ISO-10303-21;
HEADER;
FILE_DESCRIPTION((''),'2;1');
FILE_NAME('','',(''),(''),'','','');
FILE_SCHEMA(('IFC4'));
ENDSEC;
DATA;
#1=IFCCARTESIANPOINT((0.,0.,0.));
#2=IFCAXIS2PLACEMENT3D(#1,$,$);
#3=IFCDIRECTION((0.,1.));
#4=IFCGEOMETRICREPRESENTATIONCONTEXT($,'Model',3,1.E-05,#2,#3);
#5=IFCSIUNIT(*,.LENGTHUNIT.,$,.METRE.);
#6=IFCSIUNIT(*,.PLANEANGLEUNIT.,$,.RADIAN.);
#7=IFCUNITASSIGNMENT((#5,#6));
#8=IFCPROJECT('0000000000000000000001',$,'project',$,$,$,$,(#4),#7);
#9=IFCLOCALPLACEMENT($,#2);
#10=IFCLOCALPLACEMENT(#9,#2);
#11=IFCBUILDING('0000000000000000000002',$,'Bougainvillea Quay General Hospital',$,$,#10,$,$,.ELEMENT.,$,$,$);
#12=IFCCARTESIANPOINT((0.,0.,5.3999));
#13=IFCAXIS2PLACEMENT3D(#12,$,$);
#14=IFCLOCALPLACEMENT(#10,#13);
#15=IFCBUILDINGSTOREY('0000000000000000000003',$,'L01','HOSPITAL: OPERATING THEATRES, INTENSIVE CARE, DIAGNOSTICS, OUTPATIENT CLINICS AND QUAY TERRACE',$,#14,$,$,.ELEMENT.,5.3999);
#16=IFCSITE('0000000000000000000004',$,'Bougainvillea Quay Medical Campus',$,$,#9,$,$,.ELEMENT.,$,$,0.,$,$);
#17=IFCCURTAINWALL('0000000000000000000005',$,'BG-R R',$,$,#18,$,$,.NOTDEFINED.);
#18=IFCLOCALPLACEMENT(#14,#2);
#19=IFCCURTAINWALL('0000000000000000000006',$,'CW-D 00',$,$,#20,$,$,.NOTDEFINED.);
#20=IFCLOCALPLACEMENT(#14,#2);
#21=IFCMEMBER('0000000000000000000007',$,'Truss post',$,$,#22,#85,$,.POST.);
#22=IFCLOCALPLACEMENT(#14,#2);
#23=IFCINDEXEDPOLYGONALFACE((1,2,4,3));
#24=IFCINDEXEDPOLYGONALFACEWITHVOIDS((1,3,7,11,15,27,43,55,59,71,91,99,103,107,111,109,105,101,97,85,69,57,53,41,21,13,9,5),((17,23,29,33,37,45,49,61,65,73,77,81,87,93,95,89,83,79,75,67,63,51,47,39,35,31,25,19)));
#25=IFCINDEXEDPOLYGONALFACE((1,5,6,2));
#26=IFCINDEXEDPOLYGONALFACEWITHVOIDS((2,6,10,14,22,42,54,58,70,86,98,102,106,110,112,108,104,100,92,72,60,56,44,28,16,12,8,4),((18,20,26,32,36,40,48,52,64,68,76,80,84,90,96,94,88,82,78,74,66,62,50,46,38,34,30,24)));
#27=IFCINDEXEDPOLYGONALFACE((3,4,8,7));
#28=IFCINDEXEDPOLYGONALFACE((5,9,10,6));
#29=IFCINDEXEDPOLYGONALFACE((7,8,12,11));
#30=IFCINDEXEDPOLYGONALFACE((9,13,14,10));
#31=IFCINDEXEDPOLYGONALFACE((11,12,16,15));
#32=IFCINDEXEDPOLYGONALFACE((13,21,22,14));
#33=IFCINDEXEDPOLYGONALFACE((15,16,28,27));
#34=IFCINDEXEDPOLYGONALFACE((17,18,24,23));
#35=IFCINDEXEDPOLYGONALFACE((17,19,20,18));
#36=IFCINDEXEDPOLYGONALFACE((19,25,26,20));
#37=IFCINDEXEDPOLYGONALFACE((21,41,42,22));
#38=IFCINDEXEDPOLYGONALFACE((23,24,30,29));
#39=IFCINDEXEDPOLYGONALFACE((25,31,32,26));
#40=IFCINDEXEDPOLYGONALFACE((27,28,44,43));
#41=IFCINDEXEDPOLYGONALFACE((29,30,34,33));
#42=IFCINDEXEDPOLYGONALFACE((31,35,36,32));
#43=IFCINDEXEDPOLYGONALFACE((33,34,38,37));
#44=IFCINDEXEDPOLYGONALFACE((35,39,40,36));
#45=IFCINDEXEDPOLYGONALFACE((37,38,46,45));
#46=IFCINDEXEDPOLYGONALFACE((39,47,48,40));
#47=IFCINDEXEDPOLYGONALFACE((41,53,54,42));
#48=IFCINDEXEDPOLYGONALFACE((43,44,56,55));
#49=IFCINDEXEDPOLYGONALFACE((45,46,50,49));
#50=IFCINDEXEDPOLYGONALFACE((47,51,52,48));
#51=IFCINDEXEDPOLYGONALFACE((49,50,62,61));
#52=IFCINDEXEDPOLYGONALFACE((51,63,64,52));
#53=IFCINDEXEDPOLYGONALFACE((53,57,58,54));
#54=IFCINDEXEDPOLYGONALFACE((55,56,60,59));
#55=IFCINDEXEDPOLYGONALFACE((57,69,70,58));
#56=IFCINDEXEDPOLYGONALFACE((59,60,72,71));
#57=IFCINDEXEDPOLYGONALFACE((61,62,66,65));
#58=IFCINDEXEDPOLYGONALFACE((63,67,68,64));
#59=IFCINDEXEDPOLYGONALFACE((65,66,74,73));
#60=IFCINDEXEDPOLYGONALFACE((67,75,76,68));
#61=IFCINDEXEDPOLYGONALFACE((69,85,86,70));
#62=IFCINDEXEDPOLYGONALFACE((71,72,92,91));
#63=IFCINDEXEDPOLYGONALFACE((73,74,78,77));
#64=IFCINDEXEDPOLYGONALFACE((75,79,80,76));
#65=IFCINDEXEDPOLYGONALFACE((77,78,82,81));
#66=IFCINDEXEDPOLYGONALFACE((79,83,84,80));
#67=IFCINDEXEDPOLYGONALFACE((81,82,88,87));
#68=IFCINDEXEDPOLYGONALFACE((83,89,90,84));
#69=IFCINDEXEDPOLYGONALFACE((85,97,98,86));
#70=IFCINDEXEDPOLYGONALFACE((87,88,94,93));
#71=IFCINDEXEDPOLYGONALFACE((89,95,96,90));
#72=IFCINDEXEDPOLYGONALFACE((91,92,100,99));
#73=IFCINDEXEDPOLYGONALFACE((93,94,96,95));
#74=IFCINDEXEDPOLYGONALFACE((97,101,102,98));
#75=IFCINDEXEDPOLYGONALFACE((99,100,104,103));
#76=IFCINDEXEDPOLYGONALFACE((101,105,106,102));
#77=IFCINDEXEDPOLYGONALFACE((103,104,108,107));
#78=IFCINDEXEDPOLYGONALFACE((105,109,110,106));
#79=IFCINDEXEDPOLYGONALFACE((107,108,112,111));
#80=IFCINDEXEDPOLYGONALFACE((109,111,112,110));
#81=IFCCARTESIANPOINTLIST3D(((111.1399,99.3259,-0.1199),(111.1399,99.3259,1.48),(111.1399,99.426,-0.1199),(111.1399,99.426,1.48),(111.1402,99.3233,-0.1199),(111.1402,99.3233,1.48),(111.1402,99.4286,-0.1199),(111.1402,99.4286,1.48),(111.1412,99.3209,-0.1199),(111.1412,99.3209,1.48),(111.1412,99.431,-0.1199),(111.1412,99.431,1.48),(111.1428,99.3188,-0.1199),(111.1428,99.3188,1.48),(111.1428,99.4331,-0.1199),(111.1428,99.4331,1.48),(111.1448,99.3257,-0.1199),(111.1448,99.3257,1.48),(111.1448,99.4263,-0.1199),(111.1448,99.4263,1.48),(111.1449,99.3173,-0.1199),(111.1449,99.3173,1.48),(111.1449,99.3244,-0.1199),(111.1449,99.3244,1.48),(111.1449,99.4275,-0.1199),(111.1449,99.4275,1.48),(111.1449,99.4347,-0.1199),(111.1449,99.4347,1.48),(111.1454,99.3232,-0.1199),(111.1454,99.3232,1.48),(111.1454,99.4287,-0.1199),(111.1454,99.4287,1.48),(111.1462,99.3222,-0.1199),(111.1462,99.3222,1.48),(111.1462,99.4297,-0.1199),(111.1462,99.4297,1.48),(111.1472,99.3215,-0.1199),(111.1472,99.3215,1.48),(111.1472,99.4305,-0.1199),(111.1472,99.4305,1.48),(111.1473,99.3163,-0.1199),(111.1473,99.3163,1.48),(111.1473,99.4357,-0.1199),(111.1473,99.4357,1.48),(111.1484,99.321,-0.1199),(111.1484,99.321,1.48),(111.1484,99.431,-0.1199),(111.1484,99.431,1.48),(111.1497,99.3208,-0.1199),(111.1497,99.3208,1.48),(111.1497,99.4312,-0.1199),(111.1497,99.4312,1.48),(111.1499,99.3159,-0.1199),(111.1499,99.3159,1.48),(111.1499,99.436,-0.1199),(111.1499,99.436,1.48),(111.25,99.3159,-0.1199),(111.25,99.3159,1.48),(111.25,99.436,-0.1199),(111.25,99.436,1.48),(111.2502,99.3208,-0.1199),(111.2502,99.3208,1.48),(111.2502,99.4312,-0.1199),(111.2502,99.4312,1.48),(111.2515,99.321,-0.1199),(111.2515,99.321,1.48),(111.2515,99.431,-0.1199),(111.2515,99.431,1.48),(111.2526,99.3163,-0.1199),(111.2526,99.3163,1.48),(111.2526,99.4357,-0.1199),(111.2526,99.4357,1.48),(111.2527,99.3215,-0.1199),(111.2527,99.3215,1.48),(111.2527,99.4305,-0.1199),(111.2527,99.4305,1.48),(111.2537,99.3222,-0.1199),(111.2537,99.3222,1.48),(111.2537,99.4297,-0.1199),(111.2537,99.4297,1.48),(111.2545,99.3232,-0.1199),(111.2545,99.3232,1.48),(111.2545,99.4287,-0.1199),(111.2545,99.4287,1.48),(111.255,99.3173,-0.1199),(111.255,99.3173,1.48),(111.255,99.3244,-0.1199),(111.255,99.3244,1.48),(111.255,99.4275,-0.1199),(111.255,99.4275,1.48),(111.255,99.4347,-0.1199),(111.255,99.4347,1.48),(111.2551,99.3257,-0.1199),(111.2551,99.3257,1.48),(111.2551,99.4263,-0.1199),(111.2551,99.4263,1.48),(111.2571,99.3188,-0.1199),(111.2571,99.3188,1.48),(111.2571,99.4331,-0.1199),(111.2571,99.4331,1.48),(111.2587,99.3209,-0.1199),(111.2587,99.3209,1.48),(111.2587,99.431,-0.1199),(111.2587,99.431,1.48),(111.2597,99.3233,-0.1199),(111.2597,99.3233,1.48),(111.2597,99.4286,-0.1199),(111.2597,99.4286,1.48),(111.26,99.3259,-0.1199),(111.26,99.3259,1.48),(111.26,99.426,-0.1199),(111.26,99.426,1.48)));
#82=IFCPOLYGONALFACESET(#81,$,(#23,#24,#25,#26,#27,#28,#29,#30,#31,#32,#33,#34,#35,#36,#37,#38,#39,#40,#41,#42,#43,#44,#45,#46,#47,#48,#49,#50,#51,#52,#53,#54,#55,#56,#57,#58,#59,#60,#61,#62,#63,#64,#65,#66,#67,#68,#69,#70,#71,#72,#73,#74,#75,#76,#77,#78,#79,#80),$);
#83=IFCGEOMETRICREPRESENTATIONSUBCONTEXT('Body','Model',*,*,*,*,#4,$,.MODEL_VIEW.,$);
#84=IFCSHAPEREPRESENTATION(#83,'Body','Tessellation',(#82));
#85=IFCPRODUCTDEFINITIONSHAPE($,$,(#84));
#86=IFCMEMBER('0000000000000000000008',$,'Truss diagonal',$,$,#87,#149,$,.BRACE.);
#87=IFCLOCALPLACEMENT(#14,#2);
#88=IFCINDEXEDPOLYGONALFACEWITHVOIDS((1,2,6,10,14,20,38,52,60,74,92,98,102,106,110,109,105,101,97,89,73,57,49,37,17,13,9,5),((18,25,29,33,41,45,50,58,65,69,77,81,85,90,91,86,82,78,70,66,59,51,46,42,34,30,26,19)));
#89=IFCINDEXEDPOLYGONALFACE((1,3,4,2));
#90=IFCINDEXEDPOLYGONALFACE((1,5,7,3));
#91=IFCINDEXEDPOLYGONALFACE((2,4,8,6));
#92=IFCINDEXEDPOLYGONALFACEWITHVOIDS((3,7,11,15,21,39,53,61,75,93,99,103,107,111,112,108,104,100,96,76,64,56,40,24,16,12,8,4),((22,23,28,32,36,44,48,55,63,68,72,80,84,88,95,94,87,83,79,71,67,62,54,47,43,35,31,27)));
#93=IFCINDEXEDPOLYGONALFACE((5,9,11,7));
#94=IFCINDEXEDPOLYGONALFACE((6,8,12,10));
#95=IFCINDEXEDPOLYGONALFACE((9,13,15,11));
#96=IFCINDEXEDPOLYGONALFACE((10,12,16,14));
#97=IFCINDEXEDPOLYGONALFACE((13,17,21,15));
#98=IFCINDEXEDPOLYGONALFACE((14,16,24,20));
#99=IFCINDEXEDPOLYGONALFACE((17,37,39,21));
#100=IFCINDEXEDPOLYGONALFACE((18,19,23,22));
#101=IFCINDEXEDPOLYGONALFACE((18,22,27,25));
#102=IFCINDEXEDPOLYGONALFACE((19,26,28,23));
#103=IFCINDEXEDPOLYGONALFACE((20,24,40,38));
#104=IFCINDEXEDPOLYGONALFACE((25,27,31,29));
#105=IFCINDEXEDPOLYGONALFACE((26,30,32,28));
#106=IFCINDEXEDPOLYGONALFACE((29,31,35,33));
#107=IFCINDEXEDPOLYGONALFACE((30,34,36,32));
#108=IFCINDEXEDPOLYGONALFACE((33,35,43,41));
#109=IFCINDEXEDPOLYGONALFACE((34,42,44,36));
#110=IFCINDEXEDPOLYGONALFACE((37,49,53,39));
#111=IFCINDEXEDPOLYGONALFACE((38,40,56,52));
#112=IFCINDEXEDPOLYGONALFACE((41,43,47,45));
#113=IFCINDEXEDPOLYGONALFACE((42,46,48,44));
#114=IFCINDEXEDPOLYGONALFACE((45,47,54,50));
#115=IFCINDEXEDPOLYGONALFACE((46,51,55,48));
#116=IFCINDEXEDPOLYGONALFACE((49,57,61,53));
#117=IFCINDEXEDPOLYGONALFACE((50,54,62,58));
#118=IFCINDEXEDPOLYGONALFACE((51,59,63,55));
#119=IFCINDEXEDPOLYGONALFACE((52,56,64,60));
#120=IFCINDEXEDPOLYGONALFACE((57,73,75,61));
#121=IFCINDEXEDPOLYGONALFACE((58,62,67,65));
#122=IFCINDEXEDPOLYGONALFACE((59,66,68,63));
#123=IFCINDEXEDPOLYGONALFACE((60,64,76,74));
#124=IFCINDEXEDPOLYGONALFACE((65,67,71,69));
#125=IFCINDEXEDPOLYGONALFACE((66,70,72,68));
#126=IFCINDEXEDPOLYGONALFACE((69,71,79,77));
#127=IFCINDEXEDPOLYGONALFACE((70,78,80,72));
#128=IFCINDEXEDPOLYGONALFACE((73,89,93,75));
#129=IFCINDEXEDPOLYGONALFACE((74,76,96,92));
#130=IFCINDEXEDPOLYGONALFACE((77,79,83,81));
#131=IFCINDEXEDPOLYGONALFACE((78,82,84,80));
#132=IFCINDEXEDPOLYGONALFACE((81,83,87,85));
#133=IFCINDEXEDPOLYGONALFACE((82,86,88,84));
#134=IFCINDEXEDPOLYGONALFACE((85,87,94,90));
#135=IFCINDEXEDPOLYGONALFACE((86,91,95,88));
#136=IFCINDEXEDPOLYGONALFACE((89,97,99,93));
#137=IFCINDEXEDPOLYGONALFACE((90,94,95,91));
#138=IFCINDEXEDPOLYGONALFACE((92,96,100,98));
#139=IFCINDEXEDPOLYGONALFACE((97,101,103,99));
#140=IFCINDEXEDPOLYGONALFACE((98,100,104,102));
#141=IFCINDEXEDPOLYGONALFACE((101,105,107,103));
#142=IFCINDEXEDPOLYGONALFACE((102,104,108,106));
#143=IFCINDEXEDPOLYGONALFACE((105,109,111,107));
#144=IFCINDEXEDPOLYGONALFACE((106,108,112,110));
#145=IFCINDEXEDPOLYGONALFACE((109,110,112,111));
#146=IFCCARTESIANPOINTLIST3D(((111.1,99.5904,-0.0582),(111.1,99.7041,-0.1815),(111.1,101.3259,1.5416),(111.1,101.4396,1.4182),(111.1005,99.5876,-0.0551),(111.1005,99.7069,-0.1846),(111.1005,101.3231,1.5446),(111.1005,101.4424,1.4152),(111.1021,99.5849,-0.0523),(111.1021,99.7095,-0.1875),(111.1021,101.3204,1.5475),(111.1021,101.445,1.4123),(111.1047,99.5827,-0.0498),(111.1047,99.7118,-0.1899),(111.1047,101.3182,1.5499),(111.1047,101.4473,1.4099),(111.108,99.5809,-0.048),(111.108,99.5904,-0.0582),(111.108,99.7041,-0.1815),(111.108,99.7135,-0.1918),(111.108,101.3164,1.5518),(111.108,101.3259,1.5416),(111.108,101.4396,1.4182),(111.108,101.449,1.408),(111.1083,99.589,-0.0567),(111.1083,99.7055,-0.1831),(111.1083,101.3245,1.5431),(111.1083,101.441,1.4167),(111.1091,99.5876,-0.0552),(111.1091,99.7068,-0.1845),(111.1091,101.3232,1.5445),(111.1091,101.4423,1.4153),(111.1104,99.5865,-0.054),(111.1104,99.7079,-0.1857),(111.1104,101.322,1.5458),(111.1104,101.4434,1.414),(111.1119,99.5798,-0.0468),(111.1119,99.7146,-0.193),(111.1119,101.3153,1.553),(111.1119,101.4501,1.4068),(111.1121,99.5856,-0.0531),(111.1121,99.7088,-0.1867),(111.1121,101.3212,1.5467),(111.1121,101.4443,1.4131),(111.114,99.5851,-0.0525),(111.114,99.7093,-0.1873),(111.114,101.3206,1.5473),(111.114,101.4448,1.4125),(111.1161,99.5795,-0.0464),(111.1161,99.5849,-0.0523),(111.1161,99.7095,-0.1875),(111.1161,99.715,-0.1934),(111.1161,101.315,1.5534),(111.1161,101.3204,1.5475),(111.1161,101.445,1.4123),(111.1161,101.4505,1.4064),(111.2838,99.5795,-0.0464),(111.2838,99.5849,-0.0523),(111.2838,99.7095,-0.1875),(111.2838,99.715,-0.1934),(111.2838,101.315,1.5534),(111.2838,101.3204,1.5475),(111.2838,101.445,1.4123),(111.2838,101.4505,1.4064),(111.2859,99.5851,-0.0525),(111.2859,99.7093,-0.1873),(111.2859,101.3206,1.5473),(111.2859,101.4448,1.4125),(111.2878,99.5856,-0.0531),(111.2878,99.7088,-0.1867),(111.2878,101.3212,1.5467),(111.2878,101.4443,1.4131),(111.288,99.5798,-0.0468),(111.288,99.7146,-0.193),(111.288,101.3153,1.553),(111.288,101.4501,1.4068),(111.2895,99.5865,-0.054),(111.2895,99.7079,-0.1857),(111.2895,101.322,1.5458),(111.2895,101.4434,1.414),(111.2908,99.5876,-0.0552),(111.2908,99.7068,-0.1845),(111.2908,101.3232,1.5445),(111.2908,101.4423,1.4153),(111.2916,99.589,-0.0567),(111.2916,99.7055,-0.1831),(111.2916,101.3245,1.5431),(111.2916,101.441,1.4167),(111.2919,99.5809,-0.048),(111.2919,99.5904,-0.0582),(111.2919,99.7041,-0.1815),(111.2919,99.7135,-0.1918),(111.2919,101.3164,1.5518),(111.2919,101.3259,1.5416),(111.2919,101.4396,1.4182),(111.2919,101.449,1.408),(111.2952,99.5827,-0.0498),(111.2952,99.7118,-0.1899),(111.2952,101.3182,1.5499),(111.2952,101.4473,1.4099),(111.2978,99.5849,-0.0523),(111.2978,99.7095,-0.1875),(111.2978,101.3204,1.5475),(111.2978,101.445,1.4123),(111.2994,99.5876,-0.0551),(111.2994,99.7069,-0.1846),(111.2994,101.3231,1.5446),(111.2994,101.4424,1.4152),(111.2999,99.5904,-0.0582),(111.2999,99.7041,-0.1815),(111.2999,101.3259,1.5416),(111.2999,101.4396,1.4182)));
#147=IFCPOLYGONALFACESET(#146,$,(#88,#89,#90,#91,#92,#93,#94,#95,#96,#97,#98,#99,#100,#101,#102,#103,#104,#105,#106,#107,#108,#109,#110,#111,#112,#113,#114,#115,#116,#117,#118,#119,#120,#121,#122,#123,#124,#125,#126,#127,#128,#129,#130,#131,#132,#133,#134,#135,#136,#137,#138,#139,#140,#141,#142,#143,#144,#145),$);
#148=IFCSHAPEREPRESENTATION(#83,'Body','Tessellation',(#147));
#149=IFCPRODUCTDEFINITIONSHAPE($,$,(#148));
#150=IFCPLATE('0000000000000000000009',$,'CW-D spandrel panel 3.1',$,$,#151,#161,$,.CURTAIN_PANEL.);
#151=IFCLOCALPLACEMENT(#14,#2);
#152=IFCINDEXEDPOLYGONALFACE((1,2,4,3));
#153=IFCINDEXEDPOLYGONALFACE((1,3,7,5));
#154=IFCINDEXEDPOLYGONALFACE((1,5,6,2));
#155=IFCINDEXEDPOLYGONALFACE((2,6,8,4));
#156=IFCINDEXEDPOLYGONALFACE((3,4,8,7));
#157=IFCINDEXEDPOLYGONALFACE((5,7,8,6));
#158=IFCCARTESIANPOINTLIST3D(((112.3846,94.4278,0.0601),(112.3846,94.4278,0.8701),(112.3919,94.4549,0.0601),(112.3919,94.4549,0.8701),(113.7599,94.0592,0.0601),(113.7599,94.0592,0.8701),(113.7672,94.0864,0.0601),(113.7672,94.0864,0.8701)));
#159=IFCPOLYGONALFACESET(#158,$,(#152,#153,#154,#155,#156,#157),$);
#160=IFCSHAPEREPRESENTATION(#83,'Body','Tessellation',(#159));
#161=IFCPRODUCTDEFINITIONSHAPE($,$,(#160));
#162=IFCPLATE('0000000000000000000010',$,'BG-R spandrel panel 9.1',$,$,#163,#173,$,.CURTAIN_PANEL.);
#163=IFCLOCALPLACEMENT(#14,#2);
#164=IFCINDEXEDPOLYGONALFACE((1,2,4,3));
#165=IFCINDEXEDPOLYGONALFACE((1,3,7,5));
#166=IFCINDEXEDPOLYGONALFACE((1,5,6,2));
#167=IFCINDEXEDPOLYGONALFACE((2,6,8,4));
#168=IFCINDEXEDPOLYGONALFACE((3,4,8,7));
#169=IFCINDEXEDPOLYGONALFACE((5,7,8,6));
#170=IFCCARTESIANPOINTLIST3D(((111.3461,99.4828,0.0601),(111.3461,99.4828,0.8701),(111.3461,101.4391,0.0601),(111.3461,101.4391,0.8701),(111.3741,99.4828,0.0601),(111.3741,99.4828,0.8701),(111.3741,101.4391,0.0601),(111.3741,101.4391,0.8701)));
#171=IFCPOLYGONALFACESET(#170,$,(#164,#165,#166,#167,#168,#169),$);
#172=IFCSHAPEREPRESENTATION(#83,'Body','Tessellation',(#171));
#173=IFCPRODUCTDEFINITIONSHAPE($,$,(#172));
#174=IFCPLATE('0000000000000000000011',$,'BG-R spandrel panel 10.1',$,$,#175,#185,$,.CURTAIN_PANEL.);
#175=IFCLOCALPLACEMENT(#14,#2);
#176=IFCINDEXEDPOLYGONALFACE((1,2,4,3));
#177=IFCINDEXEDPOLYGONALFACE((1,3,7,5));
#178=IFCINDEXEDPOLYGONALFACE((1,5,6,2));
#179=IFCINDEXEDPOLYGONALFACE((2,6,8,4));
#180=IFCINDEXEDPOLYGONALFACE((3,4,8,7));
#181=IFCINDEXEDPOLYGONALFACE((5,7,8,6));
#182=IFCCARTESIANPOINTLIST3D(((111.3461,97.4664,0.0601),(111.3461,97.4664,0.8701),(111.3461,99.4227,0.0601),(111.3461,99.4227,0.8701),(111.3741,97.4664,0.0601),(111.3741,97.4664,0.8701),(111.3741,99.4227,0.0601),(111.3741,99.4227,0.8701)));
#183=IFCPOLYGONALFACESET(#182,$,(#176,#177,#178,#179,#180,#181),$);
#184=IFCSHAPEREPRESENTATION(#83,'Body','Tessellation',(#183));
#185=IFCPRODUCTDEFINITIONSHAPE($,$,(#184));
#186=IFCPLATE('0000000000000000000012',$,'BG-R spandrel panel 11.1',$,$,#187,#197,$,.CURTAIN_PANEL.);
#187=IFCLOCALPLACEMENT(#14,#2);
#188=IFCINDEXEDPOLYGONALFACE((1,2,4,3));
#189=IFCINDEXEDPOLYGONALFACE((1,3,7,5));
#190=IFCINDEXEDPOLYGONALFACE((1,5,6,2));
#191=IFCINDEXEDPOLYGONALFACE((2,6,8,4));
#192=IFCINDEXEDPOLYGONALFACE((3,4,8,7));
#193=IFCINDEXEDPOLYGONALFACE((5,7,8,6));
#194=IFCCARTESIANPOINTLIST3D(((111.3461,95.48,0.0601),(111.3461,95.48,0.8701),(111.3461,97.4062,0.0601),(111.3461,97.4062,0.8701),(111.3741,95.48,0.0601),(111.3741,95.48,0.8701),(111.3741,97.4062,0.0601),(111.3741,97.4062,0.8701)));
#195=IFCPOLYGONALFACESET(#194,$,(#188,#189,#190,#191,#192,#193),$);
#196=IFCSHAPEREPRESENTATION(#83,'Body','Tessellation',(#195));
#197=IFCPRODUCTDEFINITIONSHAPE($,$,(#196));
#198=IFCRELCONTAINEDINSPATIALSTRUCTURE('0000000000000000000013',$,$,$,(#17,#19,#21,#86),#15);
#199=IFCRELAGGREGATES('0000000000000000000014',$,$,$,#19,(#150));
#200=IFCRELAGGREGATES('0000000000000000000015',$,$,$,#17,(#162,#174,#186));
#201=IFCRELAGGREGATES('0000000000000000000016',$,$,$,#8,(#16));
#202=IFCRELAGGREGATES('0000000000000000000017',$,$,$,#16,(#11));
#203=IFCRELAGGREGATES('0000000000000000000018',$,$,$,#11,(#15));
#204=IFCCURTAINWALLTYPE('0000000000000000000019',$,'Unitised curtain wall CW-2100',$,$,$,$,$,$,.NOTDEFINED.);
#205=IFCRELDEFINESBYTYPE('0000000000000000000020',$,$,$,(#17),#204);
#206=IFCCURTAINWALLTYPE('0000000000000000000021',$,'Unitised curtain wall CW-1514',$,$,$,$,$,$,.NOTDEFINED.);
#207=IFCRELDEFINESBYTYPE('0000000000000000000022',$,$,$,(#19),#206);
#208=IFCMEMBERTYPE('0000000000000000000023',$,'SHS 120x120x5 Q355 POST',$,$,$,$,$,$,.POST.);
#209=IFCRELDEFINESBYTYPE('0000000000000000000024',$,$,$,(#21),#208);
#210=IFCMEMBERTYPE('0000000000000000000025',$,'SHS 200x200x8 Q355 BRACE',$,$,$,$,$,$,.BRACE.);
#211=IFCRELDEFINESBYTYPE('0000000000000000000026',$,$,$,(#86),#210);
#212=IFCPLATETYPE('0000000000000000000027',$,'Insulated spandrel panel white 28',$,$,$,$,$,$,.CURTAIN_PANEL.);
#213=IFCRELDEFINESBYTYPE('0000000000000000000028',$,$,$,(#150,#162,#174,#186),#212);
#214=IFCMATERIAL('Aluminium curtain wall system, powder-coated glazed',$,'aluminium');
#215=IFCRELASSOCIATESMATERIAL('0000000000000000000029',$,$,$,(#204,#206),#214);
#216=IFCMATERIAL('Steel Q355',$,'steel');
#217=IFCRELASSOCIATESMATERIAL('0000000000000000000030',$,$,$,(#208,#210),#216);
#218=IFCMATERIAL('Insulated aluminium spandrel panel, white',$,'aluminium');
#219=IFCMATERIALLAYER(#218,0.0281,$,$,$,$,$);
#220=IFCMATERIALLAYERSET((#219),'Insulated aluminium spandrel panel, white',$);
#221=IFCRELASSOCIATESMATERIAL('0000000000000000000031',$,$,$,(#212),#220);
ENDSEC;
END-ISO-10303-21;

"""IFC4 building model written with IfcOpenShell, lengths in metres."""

from ifc_helpers import new_model, si_unit, direction, frame, origin, origin_2d, place, context, subcontext, project, spatial, rectangle, hollow_rectangle, extrude, material, layer, layer_set, material_profile, profile_set, type_object, element, aggregate, save


model = new_model("IFC4")

# Units and contexts
model_context = context("Model", 3, precision=1e-05, world=origin(), true_north=direction((0.0, 1.0)))
body_context = subcontext(model_context, "Body", "Model", "MODEL_VIEW")
ifc_project = project(units=[si_unit("LENGTHUNIT", "METRE"), si_unit("PLANEANGLEUNIT", "RADIAN")], contexts=[model_context])

# Site, building, storey
site_placement = place(None, origin())
site = spatial("IfcSite", under=ifc_project, at=site_placement, Name="Bougainvillea Quay Medical Campus", CompositionType="ELEMENT", RefElevation=0.0)
building_placement = place(site_placement, origin())
building = spatial("IfcBuilding", under=site, at=building_placement, Name="Bougainvillea Quay General Hospital", CompositionType="ELEMENT")
storey_placement = place(building_placement, frame((0.0, 0.0, 5.3999)))
storey = spatial("IfcBuildingStorey", under=building, at=storey_placement, Name="L01", Description="HOSPITAL: OPERATING THEATRES, INTENSIVE CARE, DIAGNOSTICS, OUTPATIENT CLINICS AND QUAY TERRACE", CompositionType="ELEMENT", Elevation=5.3999)

# Curtain wall
ifc_material_1 = material(Name="Aluminium curtain wall system, powder-coated glazed", Category="aluminium")
curtain_wall_type_1 = type_object("IfcCurtainWallType", Name="Unitised curtain wall CW-2100", PredefinedType="NOTDEFINED", material=ifc_material_1)
curtain_wall_1_placement = place(storey_placement, origin())
curtain_wall_1 = element("IfcCurtainWall", 1, at=curtain_wall_1_placement, inside=storey, type_object=curtain_wall_type_1, Name="BG-R R", PredefinedType="NOTDEFINED")

# Curtain wall
curtain_wall_type_2 = type_object("IfcCurtainWallType", Name="Unitised curtain wall CW-1514", PredefinedType="NOTDEFINED", material=ifc_material_1)
curtain_wall_2_placement = place(storey_placement, origin())
curtain_wall_2 = element("IfcCurtainWall", 2, at=curtain_wall_2_placement, inside=storey, type_object=curtain_wall_type_2, Name="CW-D 00", PredefinedType="NOTDEFINED")

# Members
ifc_material_2 = material(Name="Steel Q355", Category="steel")
ifc_material_profile_1 = material_profile(ifc_material_2, hollow_rectangle(XDim=0.1201, YDim=0.1201, WallThickness=0.0049, InnerFilletRadius=0.0049, OuterFilletRadius=0.01, at=origin_2d()))
ifc_profile_set_1 = profile_set([ifc_material_profile_1], Name="Steel Q355")
member_type_1 = type_object("IfcMemberType", Name="SHS 120x120x5 Q355 POST", PredefinedType="POST", material=ifc_profile_set_1)
member_1_placement = place(storey_placement, frame((111.2, 99.376, -0.1199), z_axis=(0.0, 0.0, 1.0), x_axis=(1.0, 0.0, 0.0)))
element("IfcMember", 3, at=member_1_placement, inside=storey, type_object=member_type_1, Name="Truss post", PredefinedType="POST", context=body_context, shape_type="SweptSolid", body=[
    extrude(hollow_rectangle(XDim=0.1201, YDim=0.1201, WallThickness=0.0049, InnerFilletRadius=0.0049, OuterFilletRadius=0.01, at=origin_2d()), origin(), (0.0, 0.0, 1.0), 1.5999),
])
ifc_material_profile_2 = material_profile(ifc_material_2, hollow_rectangle(XDim=0.2, YDim=0.2, WallThickness=0.0081, InnerFilletRadius=0.0081, OuterFilletRadius=0.0161, at=origin_2d()))
ifc_profile_set_2 = profile_set([ifc_material_profile_2], Name="Steel Q355")
member_type_2 = type_object("IfcMemberType", Name="SHS 200x200x8 Q355 BRACE", PredefinedType="BRACE", material=ifc_profile_set_2)
member_2_placement = place(storey_placement, frame((111.2, 99.6472, -0.1199), z_axis=(0.0, 0.735275, 0.677769), x_axis=(-1.0, 0.0, 0.0)))
element("IfcMember", 4, at=member_2_placement, inside=storey, type_object=member_type_2, Name="Truss diagonal", PredefinedType="BRACE", context=body_context, shape_type="SweptSolid", body=[
    extrude(hollow_rectangle(XDim=0.2, YDim=0.2, WallThickness=0.0081, InnerFilletRadius=0.0081, OuterFilletRadius=0.0161, at=origin_2d()), origin(), (0.0, 0.0, 1.0), 2.3604),
])

# Plates
ifc_material_3 = material(Name="Insulated aluminium spandrel panel, white", Category="aluminium")
ifc_layer_1 = layer(ifc_material_3, 0.0281)
ifc_layer_set_1 = layer_set([ifc_layer_1], Name="Insulated aluminium spandrel panel, white")
plate_type = type_object("IfcPlateType", Name="Insulated spandrel panel white 28", PredefinedType="CURTAIN_PANEL", material=ifc_layer_set_1)
plate_1_placement = place(storey_placement, frame((113.0759, 94.2571, 0.0601), z_axis=(0.0, 0.0, 1.0), x_axis=(-0.965916, 0.258855, 0.0)))
plate_1 = element("IfcPlate", 5, at=plate_1_placement, type_object=plate_type, Name="CW-D spandrel panel 3.1", PredefinedType="CURTAIN_PANEL", context=body_context, shape_type="SweptSolid", body=[
    extrude(rectangle(XDim=1.4238, YDim=0.0281, at=origin_2d()), origin(), (0.0, 0.0, 1.0), 0.8101),
])
aggregate(curtain_wall_2, [plate_1])
plate_2_placement = place(storey_placement, frame((111.3601, 100.4609, 0.0601), z_axis=(0.0, 0.0, 1.0), x_axis=(0.0, -1.0, 0.0)))
plate_2 = element("IfcPlate", 6, at=plate_2_placement, type_object=plate_type, Name="BG-R spandrel panel 9.1", PredefinedType="CURTAIN_PANEL", context=body_context, shape_type="SweptSolid", body=[
    extrude(rectangle(XDim=1.9563, YDim=0.0281, at=origin_2d()), origin(), (0.0, 0.0, 1.0), 0.8101),
])
plate_3_placement = place(storey_placement, frame((111.3601, 98.4446, 0.0601), z_axis=(0.0, 0.0, 1.0), x_axis=(0.0, -1.0, 0.0)))
plate_3 = element("IfcPlate", 7, at=plate_3_placement, type_object=plate_type, Name="BG-R spandrel panel 10.1", PredefinedType="CURTAIN_PANEL", context=body_context, shape_type="SweptSolid", body=[
    extrude(rectangle(XDim=1.9563, YDim=0.0281, at=origin_2d()), origin(), (0.0, 0.0, 1.0), 0.8101),
])
plate_4_placement = place(storey_placement, frame((111.3601, 96.4431, 0.0601), z_axis=(0.0, 0.0, 1.0), x_axis=(0.0, -1.0, 0.0)))
plate_4 = element("IfcPlate", 8, at=plate_4_placement, type_object=plate_type, Name="BG-R spandrel panel 11.1", PredefinedType="CURTAIN_PANEL", context=body_context, shape_type="SweptSolid", body=[
    extrude(rectangle(XDim=1.9263, YDim=0.0281, at=origin_2d()), origin(), (0.0, 0.0, 1.0), 0.8101),
])
aggregate(curtain_wall_1, [plate_2, plate_3, plate_4])

save(model, "model.ifc")
